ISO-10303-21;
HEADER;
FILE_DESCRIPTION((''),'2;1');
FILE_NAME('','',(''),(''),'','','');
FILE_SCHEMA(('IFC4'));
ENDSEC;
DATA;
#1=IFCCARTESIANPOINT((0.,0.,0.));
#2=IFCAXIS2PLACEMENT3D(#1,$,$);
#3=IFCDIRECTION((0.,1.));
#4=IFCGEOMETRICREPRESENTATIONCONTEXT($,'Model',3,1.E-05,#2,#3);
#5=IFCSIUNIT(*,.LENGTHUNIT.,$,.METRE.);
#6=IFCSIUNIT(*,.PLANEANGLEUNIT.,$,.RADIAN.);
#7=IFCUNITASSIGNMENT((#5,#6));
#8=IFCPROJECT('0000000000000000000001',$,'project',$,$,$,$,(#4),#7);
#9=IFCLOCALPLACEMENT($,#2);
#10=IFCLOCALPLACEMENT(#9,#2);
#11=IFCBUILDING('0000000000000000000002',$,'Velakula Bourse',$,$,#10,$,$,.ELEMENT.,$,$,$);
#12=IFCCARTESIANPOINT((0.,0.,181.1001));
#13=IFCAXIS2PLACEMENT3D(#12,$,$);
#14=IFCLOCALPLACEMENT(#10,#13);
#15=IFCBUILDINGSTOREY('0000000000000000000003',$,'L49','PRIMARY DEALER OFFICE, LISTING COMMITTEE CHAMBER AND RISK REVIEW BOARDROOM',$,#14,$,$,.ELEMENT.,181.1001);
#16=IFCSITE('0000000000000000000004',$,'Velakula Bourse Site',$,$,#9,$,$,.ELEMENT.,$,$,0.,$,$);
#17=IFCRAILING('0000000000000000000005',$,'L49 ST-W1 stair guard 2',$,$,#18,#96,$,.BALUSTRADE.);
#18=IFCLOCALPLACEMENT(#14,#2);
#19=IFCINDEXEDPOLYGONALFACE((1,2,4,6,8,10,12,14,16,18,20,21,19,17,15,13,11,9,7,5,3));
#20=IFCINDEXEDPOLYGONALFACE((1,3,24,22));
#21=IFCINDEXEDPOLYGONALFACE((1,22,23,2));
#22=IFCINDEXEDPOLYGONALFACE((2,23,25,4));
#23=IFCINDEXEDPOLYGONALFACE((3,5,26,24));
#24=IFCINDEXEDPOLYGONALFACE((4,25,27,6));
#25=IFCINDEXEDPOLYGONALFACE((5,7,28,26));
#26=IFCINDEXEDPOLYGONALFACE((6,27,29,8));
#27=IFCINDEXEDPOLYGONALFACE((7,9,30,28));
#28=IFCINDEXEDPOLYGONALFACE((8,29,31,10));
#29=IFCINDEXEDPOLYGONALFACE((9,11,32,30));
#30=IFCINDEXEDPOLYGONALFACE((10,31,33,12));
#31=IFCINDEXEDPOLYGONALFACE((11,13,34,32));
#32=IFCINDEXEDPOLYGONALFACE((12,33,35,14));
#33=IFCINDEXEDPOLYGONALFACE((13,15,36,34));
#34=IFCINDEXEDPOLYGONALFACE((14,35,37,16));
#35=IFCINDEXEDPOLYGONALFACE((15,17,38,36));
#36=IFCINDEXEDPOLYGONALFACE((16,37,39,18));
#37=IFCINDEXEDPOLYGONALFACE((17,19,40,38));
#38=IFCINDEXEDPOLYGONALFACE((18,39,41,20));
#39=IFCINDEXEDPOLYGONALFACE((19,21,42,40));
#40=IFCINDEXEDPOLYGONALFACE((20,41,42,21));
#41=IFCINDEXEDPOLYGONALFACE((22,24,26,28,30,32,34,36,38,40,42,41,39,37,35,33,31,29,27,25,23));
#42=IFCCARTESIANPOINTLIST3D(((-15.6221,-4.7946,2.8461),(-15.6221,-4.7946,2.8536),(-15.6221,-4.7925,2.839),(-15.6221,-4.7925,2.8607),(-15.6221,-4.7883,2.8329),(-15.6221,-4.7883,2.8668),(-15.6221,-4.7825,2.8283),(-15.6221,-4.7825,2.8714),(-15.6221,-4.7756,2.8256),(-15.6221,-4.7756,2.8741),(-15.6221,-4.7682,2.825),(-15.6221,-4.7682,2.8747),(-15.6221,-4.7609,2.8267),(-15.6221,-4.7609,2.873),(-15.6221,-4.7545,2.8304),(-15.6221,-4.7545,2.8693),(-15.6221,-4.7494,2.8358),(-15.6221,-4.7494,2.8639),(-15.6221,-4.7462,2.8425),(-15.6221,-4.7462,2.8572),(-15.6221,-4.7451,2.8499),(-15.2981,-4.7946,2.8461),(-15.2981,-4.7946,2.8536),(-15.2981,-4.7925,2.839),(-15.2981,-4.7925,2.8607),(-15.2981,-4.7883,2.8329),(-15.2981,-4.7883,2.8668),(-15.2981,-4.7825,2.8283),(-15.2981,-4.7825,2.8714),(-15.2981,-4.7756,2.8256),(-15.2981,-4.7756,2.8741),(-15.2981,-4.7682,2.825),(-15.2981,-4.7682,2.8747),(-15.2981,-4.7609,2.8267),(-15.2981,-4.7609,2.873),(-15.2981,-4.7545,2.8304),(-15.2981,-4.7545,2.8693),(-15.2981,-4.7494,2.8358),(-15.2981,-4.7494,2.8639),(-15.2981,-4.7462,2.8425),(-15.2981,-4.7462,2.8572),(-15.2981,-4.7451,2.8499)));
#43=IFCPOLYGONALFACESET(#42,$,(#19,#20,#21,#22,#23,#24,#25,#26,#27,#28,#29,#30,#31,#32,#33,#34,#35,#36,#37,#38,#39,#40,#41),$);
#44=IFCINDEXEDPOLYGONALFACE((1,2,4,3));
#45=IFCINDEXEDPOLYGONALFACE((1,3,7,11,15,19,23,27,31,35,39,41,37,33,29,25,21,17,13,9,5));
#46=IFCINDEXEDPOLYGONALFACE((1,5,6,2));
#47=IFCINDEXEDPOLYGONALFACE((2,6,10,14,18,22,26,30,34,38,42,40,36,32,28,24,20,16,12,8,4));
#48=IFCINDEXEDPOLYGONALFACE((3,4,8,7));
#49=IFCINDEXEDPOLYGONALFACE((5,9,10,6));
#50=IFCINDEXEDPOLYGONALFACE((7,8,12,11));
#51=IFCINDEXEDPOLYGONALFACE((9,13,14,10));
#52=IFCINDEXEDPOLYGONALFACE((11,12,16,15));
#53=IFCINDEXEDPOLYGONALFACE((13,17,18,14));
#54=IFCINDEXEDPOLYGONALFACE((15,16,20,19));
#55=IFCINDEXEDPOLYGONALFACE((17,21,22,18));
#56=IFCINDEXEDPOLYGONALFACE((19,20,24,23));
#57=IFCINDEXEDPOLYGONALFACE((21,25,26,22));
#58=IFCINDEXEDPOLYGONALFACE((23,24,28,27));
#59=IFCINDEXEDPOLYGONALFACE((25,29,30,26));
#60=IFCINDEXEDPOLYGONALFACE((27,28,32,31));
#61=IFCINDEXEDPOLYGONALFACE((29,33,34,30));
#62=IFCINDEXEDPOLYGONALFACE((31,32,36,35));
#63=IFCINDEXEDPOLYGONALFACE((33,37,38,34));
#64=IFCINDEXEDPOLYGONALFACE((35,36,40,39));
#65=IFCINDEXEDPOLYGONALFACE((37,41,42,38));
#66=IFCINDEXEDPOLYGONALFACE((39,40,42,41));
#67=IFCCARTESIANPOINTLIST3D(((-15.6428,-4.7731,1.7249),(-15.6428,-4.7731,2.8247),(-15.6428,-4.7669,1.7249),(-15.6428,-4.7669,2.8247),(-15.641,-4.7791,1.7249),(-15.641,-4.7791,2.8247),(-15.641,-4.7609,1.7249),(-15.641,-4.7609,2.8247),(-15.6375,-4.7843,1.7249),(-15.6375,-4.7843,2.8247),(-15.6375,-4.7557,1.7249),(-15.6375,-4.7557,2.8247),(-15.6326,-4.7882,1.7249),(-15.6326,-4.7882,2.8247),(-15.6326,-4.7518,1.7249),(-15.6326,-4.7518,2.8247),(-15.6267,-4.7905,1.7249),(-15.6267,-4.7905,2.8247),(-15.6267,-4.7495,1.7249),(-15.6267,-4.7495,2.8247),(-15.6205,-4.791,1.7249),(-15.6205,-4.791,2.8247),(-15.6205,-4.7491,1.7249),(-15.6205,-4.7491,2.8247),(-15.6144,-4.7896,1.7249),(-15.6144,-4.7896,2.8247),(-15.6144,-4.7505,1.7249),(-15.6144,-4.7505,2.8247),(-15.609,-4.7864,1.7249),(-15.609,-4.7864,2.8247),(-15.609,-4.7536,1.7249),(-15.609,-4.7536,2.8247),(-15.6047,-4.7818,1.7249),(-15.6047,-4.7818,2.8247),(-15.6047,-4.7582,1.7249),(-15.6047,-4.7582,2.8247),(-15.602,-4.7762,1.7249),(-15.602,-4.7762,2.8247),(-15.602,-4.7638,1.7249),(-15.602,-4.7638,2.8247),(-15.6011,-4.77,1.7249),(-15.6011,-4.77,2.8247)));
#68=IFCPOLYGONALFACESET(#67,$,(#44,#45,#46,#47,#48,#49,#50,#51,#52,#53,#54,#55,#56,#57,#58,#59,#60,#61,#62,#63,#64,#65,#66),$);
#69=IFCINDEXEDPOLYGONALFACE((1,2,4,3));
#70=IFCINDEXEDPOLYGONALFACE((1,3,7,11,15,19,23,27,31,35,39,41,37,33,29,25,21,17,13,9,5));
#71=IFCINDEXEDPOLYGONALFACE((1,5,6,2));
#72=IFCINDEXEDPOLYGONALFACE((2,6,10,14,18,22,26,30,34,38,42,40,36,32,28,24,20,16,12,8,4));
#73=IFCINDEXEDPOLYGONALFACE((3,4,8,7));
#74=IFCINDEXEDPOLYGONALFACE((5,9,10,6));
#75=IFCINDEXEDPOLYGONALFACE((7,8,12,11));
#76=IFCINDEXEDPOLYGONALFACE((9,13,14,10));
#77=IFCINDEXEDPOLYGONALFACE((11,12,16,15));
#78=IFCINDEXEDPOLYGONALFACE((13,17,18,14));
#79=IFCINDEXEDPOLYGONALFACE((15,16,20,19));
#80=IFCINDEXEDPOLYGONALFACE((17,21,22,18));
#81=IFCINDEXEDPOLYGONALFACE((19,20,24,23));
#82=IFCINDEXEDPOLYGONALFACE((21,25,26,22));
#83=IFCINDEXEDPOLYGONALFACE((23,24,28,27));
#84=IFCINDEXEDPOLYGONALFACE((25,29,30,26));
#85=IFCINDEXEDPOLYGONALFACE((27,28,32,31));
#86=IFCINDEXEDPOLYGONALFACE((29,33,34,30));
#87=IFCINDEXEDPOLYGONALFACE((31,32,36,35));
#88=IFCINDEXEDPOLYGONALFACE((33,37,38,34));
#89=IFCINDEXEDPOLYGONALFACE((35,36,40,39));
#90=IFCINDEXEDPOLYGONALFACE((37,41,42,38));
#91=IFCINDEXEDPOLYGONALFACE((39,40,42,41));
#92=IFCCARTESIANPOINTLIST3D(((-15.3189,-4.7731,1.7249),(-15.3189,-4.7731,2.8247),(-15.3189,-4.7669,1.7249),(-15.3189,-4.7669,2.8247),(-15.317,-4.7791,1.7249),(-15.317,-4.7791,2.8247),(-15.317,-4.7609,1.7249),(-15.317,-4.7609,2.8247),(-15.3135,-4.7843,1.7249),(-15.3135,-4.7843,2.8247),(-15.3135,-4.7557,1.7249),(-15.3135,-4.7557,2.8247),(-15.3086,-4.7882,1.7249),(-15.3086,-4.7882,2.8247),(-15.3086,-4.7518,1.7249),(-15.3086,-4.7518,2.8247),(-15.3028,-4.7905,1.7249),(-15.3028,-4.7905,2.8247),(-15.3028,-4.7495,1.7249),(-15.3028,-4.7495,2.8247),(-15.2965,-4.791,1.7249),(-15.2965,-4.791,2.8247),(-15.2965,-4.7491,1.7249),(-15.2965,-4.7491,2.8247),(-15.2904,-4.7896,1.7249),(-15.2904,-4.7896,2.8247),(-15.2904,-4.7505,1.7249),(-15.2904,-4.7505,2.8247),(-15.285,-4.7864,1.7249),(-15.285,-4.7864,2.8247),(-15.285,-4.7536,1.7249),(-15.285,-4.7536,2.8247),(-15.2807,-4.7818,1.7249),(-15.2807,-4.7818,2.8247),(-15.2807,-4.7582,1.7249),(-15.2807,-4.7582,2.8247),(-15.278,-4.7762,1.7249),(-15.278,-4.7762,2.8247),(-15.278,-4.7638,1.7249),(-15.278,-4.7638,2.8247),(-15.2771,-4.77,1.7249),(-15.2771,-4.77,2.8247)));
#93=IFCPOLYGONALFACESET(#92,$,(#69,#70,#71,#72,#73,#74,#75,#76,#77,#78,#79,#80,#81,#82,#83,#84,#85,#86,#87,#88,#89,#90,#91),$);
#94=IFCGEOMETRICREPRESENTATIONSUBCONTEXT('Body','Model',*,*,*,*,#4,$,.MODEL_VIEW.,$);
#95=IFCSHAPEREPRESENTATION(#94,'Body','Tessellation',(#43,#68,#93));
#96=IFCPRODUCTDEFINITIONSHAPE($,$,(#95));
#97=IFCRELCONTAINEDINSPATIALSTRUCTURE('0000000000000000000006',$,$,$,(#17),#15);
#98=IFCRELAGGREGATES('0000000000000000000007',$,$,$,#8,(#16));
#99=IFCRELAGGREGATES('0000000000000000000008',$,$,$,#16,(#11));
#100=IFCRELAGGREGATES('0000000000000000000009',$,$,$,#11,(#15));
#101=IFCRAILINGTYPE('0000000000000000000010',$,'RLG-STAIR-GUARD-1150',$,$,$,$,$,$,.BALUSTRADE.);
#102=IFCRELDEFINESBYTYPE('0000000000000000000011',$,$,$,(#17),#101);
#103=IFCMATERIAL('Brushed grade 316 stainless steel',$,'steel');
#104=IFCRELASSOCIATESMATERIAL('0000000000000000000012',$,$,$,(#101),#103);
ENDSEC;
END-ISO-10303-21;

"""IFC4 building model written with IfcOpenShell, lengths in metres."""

from ifc_helpers import new_model, si_unit, direction, frame, origin, origin_2d, place, context, subcontext, project, spatial, circle, extrude, material, type_object, element, save


model = new_model("IFC4")

# Units and contexts
model_context = context("Model", 3, precision=1e-05, world=origin(), true_north=direction((0.0, 1.0)))
body_context = subcontext(model_context, "Body", "Model", "MODEL_VIEW")
ifc_project = project(units=[si_unit("LENGTHUNIT", "METRE"), si_unit("PLANEANGLEUNIT", "RADIAN")], contexts=[model_context])

# Site, building, storey
site_placement = place(None, origin())
site = spatial("IfcSite", under=ifc_project, at=site_placement, Name="Velakula Bourse Site", CompositionType="ELEMENT", RefElevation=0.0)
building_placement = place(site_placement, origin())
building = spatial("IfcBuilding", under=site, at=building_placement, Name="Velakula Bourse", CompositionType="ELEMENT")
storey_placement = place(building_placement, frame((0.0, 0.0, 181.1001)))
storey = spatial("IfcBuildingStorey", under=building, at=storey_placement, Name="L49", Description="PRIMARY DEALER OFFICE, LISTING COMMITTEE CHAMBER AND RISK REVIEW BOARDROOM", CompositionType="ELEMENT", Elevation=181.1001)

# Shared definitions
ifc_material_1 = material(Name="Brushed grade 316 stainless steel", Category="steel")

# Railing
railing_type_1 = type_object("IfcRailingType", Name="RLG-STAIR-GUARD-1150", PredefinedType="BALUSTRADE", material=ifc_material_1)
railing_1_placement = place(storey_placement, frame((-15.6221, -4.77, 1.7249)))
element("IfcRailing", 1, at=railing_1_placement, inside=storey, type_object=railing_type_1, Name="L49 ST-W1 stair guard 2", PredefinedType="BALUSTRADE", context=body_context, shape_type="SweptSolid", body=[
    extrude(circle(Radius=0.0249, at=origin_2d()), frame((0.0, 0.0, 1.125), z_axis=(1.0, 0.0, 0.0), x_axis=(0.0, 1.0, 0.0)), (0.0, 0.0, 1.0), 0.324),
    extrude(circle(Radius=0.021, at=origin_2d()), origin(), (0.0, 0.0, 1.0), 1.0999),
    extrude(circle(Radius=0.021, at=origin_2d()), frame((0.324, 0.0, 0.0)), (0.0, 0.0, 1.0), 1.0999),
])

save(model, "model.ifc")
